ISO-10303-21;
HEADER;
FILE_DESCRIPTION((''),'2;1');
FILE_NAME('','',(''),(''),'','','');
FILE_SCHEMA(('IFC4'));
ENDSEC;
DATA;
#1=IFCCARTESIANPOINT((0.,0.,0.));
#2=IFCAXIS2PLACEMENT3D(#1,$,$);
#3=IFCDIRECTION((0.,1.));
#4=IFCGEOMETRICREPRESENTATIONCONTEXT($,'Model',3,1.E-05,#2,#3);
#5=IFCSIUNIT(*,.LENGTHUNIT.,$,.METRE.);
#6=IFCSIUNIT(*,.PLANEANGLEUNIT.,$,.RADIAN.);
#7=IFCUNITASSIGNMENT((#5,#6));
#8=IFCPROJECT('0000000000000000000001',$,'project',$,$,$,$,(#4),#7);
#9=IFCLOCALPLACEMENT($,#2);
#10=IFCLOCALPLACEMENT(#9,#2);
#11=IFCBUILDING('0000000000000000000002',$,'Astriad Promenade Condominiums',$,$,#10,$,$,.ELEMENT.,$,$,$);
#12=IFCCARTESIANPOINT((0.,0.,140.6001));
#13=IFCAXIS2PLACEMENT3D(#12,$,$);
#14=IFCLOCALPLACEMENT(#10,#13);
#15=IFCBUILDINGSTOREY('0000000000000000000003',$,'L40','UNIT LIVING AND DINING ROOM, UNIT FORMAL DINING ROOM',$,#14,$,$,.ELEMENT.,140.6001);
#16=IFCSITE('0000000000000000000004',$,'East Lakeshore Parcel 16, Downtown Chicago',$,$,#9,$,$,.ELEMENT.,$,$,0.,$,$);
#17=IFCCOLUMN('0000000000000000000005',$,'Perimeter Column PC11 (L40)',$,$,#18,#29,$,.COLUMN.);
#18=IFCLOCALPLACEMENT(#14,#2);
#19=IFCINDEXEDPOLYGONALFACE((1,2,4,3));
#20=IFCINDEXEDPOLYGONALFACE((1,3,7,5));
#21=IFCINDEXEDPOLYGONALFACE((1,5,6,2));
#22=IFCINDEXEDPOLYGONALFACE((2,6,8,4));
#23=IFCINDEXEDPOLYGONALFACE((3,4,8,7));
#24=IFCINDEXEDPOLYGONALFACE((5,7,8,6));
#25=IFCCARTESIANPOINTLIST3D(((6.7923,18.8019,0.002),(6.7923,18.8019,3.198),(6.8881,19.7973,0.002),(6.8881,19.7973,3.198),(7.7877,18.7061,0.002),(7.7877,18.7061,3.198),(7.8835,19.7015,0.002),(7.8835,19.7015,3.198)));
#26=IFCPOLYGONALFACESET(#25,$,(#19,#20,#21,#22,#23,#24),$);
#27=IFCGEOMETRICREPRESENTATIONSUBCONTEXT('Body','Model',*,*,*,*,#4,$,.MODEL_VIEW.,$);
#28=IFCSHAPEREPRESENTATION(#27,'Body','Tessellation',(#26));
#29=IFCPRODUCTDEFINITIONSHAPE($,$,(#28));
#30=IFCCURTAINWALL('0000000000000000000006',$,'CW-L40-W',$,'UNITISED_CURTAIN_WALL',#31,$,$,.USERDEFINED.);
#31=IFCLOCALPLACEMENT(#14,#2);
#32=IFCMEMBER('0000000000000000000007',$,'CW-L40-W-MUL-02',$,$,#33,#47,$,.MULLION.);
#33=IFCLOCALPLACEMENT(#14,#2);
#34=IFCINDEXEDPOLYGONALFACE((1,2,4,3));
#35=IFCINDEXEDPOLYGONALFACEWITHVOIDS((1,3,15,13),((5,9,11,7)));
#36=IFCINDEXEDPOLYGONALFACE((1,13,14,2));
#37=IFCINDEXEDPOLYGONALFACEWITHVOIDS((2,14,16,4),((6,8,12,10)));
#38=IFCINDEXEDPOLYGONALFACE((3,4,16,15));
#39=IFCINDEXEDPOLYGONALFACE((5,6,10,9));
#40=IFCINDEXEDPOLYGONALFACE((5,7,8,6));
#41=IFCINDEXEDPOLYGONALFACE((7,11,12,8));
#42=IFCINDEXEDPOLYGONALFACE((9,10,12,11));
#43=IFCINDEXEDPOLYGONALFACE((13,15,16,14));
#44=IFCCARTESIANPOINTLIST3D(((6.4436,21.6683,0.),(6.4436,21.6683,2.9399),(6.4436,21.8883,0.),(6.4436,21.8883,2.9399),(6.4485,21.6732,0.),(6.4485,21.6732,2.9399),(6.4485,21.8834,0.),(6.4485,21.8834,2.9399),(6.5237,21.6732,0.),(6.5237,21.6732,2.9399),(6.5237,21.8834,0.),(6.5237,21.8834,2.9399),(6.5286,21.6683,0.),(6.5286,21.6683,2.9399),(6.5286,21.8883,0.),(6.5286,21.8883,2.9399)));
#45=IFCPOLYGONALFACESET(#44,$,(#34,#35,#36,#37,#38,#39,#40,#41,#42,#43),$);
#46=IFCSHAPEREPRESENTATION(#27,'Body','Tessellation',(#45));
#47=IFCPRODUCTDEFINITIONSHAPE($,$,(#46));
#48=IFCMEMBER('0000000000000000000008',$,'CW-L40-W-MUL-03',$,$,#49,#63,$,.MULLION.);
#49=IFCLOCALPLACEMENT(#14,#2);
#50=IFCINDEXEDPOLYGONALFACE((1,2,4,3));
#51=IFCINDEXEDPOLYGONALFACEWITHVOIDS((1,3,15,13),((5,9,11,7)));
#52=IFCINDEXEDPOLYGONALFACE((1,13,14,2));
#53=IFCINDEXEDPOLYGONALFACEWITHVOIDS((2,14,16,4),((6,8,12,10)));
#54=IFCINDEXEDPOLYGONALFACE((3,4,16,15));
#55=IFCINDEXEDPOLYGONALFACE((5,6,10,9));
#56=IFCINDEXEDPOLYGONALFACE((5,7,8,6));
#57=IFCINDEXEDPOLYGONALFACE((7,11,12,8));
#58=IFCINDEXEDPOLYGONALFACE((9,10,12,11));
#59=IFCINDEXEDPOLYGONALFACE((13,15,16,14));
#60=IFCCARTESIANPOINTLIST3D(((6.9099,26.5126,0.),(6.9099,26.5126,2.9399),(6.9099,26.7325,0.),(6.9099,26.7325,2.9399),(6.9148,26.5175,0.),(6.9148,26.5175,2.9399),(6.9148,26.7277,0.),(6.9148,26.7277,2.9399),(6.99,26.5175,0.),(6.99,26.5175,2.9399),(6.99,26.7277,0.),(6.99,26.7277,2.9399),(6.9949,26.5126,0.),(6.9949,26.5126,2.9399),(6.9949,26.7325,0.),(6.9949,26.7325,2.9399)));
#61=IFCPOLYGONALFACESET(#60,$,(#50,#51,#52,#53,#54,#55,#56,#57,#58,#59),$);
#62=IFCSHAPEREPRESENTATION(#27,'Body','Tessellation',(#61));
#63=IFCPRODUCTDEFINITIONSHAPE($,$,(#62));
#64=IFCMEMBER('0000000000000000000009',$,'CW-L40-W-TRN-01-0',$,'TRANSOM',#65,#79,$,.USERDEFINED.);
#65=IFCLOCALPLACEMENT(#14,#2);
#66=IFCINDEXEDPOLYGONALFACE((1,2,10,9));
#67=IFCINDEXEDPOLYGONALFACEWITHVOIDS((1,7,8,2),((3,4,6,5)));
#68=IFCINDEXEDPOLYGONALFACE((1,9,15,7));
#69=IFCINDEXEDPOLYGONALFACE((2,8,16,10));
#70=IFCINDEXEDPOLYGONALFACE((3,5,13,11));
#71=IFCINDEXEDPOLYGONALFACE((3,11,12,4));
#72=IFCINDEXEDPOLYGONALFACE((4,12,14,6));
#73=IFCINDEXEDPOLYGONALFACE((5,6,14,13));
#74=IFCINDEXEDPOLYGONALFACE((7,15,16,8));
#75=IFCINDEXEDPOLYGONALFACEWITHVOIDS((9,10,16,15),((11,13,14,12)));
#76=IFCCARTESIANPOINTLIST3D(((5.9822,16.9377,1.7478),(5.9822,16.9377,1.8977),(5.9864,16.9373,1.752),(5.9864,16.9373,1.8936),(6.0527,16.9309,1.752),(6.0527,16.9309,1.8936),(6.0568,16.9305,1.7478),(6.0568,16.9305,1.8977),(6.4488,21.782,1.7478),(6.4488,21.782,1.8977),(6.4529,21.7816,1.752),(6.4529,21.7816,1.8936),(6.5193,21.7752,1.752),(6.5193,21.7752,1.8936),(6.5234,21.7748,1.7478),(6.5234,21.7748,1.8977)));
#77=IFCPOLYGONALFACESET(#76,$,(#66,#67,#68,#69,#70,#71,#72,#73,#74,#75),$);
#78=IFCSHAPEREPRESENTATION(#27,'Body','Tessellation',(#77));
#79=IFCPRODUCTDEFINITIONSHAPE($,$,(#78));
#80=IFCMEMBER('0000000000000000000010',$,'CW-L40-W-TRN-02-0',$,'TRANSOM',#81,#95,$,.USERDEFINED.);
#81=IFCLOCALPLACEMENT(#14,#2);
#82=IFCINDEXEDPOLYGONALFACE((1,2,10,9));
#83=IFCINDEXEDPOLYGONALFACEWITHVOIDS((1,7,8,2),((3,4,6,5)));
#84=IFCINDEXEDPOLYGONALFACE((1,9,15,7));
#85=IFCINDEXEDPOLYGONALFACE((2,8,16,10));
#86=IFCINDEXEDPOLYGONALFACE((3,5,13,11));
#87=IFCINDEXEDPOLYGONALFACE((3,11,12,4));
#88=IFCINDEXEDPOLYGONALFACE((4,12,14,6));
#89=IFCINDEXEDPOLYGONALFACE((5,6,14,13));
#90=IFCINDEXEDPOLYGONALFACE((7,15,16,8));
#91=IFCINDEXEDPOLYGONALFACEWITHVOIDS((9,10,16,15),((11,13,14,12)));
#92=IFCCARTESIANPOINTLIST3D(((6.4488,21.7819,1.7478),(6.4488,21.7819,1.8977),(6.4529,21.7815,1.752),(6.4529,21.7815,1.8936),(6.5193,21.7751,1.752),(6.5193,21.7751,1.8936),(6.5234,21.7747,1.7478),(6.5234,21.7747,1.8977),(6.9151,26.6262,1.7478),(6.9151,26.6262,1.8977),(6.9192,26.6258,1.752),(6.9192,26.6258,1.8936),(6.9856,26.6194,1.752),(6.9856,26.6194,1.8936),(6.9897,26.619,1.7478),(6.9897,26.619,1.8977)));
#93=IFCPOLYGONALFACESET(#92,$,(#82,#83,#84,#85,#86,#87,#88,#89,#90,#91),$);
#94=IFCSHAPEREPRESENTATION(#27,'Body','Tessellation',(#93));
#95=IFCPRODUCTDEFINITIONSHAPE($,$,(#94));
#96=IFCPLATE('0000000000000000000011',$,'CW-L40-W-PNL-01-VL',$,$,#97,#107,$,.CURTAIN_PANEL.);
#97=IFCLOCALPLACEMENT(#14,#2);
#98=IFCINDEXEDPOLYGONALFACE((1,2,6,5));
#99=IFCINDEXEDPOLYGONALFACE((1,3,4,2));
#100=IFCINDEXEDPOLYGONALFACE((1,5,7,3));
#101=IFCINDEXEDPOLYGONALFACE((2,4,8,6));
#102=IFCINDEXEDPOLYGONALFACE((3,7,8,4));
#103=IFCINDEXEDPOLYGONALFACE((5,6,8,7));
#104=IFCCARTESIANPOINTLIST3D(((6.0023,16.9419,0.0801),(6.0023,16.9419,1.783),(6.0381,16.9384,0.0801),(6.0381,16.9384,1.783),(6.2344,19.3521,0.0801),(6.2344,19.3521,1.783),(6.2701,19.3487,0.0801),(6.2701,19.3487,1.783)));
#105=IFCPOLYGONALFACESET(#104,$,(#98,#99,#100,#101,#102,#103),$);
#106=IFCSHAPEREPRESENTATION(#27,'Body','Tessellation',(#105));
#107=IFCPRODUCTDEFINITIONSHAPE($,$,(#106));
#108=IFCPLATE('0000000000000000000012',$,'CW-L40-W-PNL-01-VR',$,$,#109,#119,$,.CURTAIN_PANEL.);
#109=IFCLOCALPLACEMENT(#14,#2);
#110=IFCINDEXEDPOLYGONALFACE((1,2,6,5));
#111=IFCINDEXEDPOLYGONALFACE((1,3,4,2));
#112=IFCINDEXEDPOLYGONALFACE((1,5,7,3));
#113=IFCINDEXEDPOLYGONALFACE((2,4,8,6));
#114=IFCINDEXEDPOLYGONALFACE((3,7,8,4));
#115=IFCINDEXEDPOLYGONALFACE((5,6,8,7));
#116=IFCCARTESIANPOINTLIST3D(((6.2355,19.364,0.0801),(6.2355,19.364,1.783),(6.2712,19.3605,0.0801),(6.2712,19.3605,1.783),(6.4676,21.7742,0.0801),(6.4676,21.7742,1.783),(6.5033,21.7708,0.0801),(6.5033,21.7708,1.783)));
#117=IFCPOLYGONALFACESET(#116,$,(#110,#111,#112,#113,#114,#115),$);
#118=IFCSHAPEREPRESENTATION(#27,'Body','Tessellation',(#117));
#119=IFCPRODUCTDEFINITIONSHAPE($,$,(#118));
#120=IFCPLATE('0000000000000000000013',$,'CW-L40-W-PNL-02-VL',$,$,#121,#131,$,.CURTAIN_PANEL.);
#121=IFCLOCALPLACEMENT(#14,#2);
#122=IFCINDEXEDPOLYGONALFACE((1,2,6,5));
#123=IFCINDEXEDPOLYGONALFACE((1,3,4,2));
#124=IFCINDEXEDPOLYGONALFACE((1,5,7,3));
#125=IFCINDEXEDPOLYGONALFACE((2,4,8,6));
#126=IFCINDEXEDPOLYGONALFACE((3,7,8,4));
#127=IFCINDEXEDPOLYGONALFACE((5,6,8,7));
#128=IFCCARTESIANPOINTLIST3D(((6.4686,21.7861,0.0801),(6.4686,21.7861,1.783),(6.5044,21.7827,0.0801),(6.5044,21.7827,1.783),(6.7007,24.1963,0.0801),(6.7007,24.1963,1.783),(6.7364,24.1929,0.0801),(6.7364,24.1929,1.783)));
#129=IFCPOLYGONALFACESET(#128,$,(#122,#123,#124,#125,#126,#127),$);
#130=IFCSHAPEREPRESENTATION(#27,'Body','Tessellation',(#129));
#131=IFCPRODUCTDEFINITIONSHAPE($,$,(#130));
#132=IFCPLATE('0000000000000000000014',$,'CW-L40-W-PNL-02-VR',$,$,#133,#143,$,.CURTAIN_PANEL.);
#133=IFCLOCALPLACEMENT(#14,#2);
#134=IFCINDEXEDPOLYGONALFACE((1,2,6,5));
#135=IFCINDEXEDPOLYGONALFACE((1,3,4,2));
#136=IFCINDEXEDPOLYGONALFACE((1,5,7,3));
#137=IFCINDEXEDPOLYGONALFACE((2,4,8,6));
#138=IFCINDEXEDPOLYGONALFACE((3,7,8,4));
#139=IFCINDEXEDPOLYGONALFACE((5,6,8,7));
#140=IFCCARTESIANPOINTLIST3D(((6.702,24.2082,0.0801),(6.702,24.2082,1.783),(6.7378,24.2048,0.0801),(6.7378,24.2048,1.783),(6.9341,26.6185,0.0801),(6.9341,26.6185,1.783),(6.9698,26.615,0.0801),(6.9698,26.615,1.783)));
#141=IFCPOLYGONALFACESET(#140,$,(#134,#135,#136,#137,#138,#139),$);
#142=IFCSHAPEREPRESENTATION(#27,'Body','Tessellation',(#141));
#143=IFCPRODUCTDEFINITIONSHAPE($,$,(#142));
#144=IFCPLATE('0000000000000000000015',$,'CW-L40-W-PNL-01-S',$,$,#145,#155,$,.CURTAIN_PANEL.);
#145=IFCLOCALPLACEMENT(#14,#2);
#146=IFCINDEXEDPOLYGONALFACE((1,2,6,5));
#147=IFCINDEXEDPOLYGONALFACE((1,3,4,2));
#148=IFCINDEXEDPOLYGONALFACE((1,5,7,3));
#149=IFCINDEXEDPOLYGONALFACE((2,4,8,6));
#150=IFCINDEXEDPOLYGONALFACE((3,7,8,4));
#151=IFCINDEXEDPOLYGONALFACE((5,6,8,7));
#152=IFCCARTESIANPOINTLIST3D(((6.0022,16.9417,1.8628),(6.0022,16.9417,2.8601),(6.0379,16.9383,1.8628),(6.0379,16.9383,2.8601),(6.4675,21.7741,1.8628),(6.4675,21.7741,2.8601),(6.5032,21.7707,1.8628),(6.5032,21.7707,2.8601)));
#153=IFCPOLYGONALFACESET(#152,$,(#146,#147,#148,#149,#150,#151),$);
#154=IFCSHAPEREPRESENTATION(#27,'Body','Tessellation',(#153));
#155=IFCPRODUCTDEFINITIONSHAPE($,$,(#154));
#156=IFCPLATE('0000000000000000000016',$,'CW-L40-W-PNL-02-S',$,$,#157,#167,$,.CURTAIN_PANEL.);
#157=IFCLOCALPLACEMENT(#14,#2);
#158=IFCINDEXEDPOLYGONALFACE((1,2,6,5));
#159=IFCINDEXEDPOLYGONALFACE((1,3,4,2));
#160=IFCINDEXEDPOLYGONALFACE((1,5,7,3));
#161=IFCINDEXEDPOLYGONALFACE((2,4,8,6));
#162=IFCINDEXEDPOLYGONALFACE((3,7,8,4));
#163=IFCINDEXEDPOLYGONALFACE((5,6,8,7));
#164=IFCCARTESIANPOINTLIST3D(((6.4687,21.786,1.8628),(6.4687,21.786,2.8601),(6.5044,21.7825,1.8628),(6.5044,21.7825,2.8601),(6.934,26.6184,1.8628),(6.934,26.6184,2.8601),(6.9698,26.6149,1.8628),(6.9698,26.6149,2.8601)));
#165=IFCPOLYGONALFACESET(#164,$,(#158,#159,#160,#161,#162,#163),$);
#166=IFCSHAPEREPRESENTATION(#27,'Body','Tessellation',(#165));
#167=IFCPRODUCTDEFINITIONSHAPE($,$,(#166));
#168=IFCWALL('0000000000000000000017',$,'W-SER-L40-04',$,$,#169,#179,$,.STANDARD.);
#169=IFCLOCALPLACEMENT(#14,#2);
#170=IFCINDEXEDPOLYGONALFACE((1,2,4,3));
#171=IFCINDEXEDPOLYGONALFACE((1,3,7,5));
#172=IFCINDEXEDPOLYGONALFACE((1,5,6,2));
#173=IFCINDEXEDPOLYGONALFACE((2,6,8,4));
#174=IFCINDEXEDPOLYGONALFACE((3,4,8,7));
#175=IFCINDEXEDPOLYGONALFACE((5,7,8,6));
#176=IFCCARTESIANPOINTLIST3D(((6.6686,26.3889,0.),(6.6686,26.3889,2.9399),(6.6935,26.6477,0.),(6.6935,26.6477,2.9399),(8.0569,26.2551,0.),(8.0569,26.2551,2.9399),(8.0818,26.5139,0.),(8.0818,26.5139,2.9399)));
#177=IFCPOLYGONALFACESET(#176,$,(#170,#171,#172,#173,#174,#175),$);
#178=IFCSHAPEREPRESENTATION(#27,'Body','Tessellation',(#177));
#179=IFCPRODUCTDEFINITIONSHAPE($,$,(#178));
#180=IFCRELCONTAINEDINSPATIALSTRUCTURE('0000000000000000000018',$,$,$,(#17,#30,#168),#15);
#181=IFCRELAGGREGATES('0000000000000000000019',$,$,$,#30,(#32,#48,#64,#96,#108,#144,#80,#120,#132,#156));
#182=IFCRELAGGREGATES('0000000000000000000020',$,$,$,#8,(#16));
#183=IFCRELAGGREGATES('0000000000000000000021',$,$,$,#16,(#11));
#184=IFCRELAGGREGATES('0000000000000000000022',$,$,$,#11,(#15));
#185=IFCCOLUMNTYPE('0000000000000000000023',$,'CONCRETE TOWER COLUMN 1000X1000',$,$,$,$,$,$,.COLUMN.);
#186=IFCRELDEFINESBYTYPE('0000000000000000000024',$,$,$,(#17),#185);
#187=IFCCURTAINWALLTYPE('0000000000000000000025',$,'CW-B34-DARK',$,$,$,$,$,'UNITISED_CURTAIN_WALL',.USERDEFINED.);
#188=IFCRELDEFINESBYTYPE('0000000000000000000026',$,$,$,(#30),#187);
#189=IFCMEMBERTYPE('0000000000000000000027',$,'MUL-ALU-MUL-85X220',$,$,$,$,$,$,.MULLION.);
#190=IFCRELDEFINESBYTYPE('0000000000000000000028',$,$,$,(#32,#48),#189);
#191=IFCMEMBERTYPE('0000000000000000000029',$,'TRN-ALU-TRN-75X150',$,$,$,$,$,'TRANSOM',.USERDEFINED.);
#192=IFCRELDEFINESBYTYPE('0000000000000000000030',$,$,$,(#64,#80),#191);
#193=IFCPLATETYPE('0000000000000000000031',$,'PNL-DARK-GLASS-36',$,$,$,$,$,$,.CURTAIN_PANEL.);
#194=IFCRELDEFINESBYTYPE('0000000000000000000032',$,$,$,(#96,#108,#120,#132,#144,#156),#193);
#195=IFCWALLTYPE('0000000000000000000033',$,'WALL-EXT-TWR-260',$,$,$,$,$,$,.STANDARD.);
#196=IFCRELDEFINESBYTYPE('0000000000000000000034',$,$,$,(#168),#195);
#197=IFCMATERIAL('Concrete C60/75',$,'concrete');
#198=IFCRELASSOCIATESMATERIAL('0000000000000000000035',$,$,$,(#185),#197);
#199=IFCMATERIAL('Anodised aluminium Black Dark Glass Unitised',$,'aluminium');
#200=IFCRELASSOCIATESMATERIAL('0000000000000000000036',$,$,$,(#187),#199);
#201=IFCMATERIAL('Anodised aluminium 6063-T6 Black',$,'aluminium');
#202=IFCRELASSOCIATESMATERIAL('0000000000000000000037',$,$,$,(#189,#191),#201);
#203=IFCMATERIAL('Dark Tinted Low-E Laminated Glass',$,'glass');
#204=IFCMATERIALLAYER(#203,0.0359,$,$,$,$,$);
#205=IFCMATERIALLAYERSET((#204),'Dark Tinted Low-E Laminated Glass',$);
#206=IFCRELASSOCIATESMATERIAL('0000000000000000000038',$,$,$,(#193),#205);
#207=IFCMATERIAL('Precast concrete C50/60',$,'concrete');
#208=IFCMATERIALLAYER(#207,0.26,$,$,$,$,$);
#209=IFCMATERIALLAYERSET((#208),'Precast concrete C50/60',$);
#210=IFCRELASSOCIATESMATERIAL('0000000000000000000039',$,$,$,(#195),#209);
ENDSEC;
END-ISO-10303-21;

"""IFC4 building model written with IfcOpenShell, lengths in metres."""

from ifc_helpers import new_model, si_unit, direction, frame, frame_2d, origin, origin_2d, place, context, subcontext, project, spatial, rectangle, hollow_rectangle, extrude, source, transform, mapped, material, layer, layer_set, material_profile, profile_set, type_object, type_shapes, element, aggregate, save


model = new_model("IFC4")

# Units and contexts
model_context = context("Model", 3, precision=1e-05, world=origin(), true_north=direction((0.0, 1.0)))
body_context = subcontext(model_context, "Body", "Model", "MODEL_VIEW")
ifc_project = project(units=[si_unit("LENGTHUNIT", "METRE"), si_unit("PLANEANGLEUNIT", "RADIAN")], contexts=[model_context])

# Site, building, storey
site_placement = place(None, origin())
site = spatial("IfcSite", under=ifc_project, at=site_placement, Name="East Lakeshore Parcel 16, Downtown Chicago", CompositionType="ELEMENT", RefElevation=0.0)
building_placement = place(site_placement, origin())
building = spatial("IfcBuilding", under=site, at=building_placement, Name="Astriad Promenade Condominiums", CompositionType="ELEMENT")
storey_placement = place(building_placement, frame((0.0, 0.0, 140.6001)))
storey = spatial("IfcBuildingStorey", under=building, at=storey_placement, Name="L40", Description="UNIT LIVING AND DINING ROOM, UNIT FORMAL DINING ROOM", CompositionType="ELEMENT", Elevation=140.6001)

# Column
ifc_material_1 = material(Name="Concrete C60/75", Category="concrete")
ifc_material_profile_1 = material_profile(ifc_material_1, rectangle(XDim=1.0, YDim=1.0, at=origin_2d()), Name="RC-COL-1000X1000")
ifc_profile_set_1 = profile_set([ifc_material_profile_1], Name="Concrete C60/75")
column_type = type_object("IfcColumnType", Name="CONCRETE TOWER COLUMN 1000X1000", PredefinedType="COLUMN", material=ifc_profile_set_1)
shared_shape_1 = source(origin(), body_context, "Body", "SweptSolid", [
    extrude(rectangle(XDim=1.0, YDim=1.0, at=origin_2d()), origin(), (0.0, 0.0, 1.0), 3.196),
])
type_shapes(column_type, [shared_shape_1])
column_placement = place(storey_placement, frame((7.3379, 19.2517, 0.002), z_axis=(0.0, 0.0, 1.0), x_axis=(0.995396, -0.095846, 0.0)))
element("IfcColumn", 1, at=column_placement, inside=storey, type_object=column_type, Name="Perimeter Column PC11 (L40)", PredefinedType="COLUMN", context=body_context, shape_type="MappedRepresentation", body=[
    mapped(shared_shape_1, transform((0.0, 0.0, 0.0), scale=1.0)),
])

# Curtain wall, members, plates
ifc_material_2 = material(Name="Anodised aluminium Black Dark Glass Unitised", Category="aluminium")
curtain_wall_type = type_object("IfcCurtainWallType", Name="CW-B34-DARK", ElementType="UNITISED_CURTAIN_WALL", PredefinedType="USERDEFINED", material=ifc_material_2)
curtain_wall_placement = place(storey_placement, origin())
curtain_wall = element("IfcCurtainWall", 2, at=curtain_wall_placement, inside=storey, type_object=curtain_wall_type, Name="CW-L40-W", ObjectType="UNITISED_CURTAIN_WALL", PredefinedType="USERDEFINED")
ifc_material_3 = material(Name="Anodised aluminium 6063-T6 Black", Category="aluminium")
ifc_material_profile_2 = material_profile(ifc_material_3, hollow_rectangle(XDim=0.085, YDim=0.22, WallThickness=0.0049, at=origin_2d()), Name="ALU-MUL-85X220")
ifc_profile_set_2 = profile_set([ifc_material_profile_2], Name="Anodised aluminium 6063-T6 Black")
member_type_1 = type_object("IfcMemberType", Name="MUL-ALU-MUL-85X220", PredefinedType="MULLION", material=ifc_profile_set_2)
shared_shape_2 = source(origin(), body_context, "Body", "SweptSolid", [
    extrude(hollow_rectangle(XDim=0.085, YDim=0.22, WallThickness=0.0049, at=origin_2d()), origin(), (0.0, 0.0, 1.0), 2.9399),
])
type_shapes(member_type_1, [shared_shape_2])
member_1_placement = place(storey_placement, frame((6.4861, 21.7783, 0.0), z_axis=(0.0, 0.0, 1.0), x_axis=(1.0, 0.0, 0.0)))
member_1 = element("IfcMember", 3, at=member_1_placement, type_object=member_type_1, Name="CW-L40-W-MUL-02", PredefinedType="MULLION", context=body_context, shape_type="MappedRepresentation", body=[
    mapped(shared_shape_2, transform((0.0, 0.0, 0.0), scale=1.0)),
])
member_2_placement = place(storey_placement, frame((6.9524, 26.6226, 0.0), z_axis=(0.0, 0.0, 1.0), x_axis=(1.0, 0.0, 0.0)))
member_2 = element("IfcMember", 4, at=member_2_placement, type_object=member_type_1, Name="CW-L40-W-MUL-03", PredefinedType="MULLION", context=body_context, shape_type="MappedRepresentation", body=[
    mapped(shared_shape_2, transform((0.0, 0.0, 0.0), scale=1.0)),
])
ifc_material_profile_3 = material_profile(ifc_material_3, hollow_rectangle(XDim=0.075, YDim=0.1499, WallThickness=0.0042, at=origin_2d()), Name="ALU-TRN-75X150")
ifc_profile_set_3 = profile_set([ifc_material_profile_3], Name="Anodised aluminium 6063-T6 Black")
member_type_2 = type_object("IfcMemberType", Name="TRN-ALU-TRN-75X150", ElementType="TRANSOM", PredefinedType="USERDEFINED", material=ifc_profile_set_3)
shared_shape_3 = source(origin(), body_context, "Body", "SweptSolid", [
    extrude(hollow_rectangle(XDim=0.075, YDim=0.1499, WallThickness=0.0042, at=origin_2d()), origin(), (0.0, 0.0, 1.0), 4.8667),
])
type_shapes(member_type_2, [shared_shape_3])
member_3_placement = place(storey_placement, frame((6.0195, 16.9341, 1.8228), z_axis=(0.095867, 0.995394, 0.0), x_axis=(-0.995394, 0.095867, 0.0)))
member_3 = element("IfcMember", 5, at=member_3_placement, type_object=member_type_2, Name="CW-L40-W-TRN-01-0", ObjectType="TRANSOM", PredefinedType="USERDEFINED", context=body_context, shape_type="MappedRepresentation", body=[
    mapped(shared_shape_3, transform((0.0, 0.0, 0.0), scale=1.0)),
])
member_4_placement = place(storey_placement, frame((6.4861, 21.7783, 1.8228), z_axis=(0.095818, 0.995399, 0.0), x_axis=(-0.995399, 0.095818, 0.0)))
member_4 = element("IfcMember", 6, at=member_4_placement, type_object=member_type_2, Name="CW-L40-W-TRN-02-0", ObjectType="TRANSOM", PredefinedType="USERDEFINED", context=body_context, shape_type="MappedRepresentation", body=[
    mapped(shared_shape_3, transform((0.0, 0.0, 0.0), scale=1.0)),
])
ifc_material_4 = material(Name="Dark Tinted Low-E Laminated Glass", Category="glass")
ifc_layer_1 = layer(ifc_material_4, 0.0359)
ifc_layer_set_1 = layer_set([ifc_layer_1], Name="Dark Tinted Low-E Laminated Glass")
plate_type = type_object("IfcPlateType", Name="PNL-DARK-GLASS-36", PredefinedType="CURTAIN_PANEL", material=ifc_layer_set_1)
shared_shape_4 = source(origin(), body_context, "Body", "SweptSolid", [
    extrude(rectangle(XDim=2.4214, YDim=0.0359, at=origin_2d()), origin(), (0.0, 0.0, 1.0), 1.7029),
])
plate_1_placement = place(storey_placement, frame((6.1362, 18.1453, 0.0801), z_axis=(0.0, 0.0, 1.0), x_axis=(0.095846, 0.995396, 0.0)))
plate_1 = element("IfcPlate", 7, at=plate_1_placement, type_object=plate_type, Name="CW-L40-W-PNL-01-VL", PredefinedType="CURTAIN_PANEL", context=body_context, shape_type="MappedRepresentation", body=[
    mapped(shared_shape_4, transform((0.0, 0.0, 0.0), scale=1.0)),
])
plate_2_placement = place(storey_placement, frame((6.3694, 20.5674, 0.0801), z_axis=(0.0, 0.0, 1.0), x_axis=(0.095846, 0.995396, 0.0)))
plate_2 = element("IfcPlate", 8, at=plate_2_placement, type_object=plate_type, Name="CW-L40-W-PNL-01-VR", PredefinedType="CURTAIN_PANEL", context=body_context, shape_type="MappedRepresentation", body=[
    mapped(shared_shape_4, transform((0.0, 0.0, 0.0), scale=1.0)),
])
plate_3_placement = place(storey_placement, frame((6.6025, 22.9895, 0.0801), z_axis=(0.0, 0.0, 1.0), x_axis=(0.095846, 0.995396, 0.0)))
plate_3 = element("IfcPlate", 9, at=plate_3_placement, type_object=plate_type, Name="CW-L40-W-PNL-02-VL", PredefinedType="CURTAIN_PANEL", context=body_context, shape_type="MappedRepresentation", body=[
    mapped(shared_shape_4, transform((0.0, 0.0, 0.0), scale=1.0)),
])
plate_4_placement = place(storey_placement, frame((6.8359, 25.4116, 0.0801), z_axis=(0.0, 0.0, 1.0), x_axis=(0.095846, 0.995396, 0.0)))
plate_4 = element("IfcPlate", 10, at=plate_4_placement, type_object=plate_type, Name="CW-L40-W-PNL-02-VR", PredefinedType="CURTAIN_PANEL", context=body_context, shape_type="MappedRepresentation", body=[
    mapped(shared_shape_4, transform((0.0, 0.0, 0.0), scale=1.0)),
])
shared_shape_5 = source(origin(), body_context, "Body", "SweptSolid", [
    extrude(rectangle(XDim=4.8547, YDim=0.0359, at=origin_2d()), origin(), (0.0, 0.0, 1.0), 0.9973),
])
type_shapes(plate_type, [shared_shape_4, shared_shape_5])
plate_5_placement = place(storey_placement, frame((6.2527, 19.3562, 1.8628), z_axis=(0.0, 0.0, 1.0), x_axis=(0.095846, 0.995396, 0.0)))
plate_5 = element("IfcPlate", 11, at=plate_5_placement, type_object=plate_type, Name="CW-L40-W-PNL-01-S", PredefinedType="CURTAIN_PANEL", context=body_context, shape_type="MappedRepresentation", body=[
    mapped(shared_shape_5, transform((0.0, 0.0, 0.0), scale=1.0)),
])
plate_6_placement = place(storey_placement, frame((6.7192, 24.2004, 1.8628), z_axis=(0.0, 0.0, 1.0), x_axis=(0.095846, 0.995396, 0.0)))
plate_6 = element("IfcPlate", 12, at=plate_6_placement, type_object=plate_type, Name="CW-L40-W-PNL-02-S", PredefinedType="CURTAIN_PANEL", context=body_context, shape_type="MappedRepresentation", body=[
    mapped(shared_shape_5, transform((0.0, 0.0, 0.0), scale=1.0)),
])
aggregate(curtain_wall, [member_1, member_2, member_3, plate_1, plate_2, plate_5, member_4, plate_3, plate_4, plate_6])

# Wall
ifc_material_5 = material(Name="Precast concrete C50/60", Category="concrete")
ifc_layer_2 = layer(ifc_material_5, 0.26)
ifc_layer_set_2 = layer_set([ifc_layer_2], Name="Precast concrete C50/60")
wall_type_1 = type_object("IfcWallType", Name="WALL-EXT-TWR-260", PredefinedType="STANDARD", material=ifc_layer_set_2)
wall_1_placement = place(storey_placement, frame((6.6812, 26.5183, 0.0), z_axis=(0.0, 0.0, 1.0), x_axis=(0.995389, -0.095916, 0.0)))
element("IfcWall", 13, at=wall_1_placement, inside=storey, type_object=wall_type_1, Name="W-SER-L40-04", PredefinedType="STANDARD", context=body_context, shape_type="SweptSolid", body=[
    extrude(rectangle(XDim=1.3948, YDim=0.26, at=frame_2d((0.6973, 0.0))), origin(), (0.0, 0.0, 1.0), 2.9399),
])

save(model, "model.ifc")
